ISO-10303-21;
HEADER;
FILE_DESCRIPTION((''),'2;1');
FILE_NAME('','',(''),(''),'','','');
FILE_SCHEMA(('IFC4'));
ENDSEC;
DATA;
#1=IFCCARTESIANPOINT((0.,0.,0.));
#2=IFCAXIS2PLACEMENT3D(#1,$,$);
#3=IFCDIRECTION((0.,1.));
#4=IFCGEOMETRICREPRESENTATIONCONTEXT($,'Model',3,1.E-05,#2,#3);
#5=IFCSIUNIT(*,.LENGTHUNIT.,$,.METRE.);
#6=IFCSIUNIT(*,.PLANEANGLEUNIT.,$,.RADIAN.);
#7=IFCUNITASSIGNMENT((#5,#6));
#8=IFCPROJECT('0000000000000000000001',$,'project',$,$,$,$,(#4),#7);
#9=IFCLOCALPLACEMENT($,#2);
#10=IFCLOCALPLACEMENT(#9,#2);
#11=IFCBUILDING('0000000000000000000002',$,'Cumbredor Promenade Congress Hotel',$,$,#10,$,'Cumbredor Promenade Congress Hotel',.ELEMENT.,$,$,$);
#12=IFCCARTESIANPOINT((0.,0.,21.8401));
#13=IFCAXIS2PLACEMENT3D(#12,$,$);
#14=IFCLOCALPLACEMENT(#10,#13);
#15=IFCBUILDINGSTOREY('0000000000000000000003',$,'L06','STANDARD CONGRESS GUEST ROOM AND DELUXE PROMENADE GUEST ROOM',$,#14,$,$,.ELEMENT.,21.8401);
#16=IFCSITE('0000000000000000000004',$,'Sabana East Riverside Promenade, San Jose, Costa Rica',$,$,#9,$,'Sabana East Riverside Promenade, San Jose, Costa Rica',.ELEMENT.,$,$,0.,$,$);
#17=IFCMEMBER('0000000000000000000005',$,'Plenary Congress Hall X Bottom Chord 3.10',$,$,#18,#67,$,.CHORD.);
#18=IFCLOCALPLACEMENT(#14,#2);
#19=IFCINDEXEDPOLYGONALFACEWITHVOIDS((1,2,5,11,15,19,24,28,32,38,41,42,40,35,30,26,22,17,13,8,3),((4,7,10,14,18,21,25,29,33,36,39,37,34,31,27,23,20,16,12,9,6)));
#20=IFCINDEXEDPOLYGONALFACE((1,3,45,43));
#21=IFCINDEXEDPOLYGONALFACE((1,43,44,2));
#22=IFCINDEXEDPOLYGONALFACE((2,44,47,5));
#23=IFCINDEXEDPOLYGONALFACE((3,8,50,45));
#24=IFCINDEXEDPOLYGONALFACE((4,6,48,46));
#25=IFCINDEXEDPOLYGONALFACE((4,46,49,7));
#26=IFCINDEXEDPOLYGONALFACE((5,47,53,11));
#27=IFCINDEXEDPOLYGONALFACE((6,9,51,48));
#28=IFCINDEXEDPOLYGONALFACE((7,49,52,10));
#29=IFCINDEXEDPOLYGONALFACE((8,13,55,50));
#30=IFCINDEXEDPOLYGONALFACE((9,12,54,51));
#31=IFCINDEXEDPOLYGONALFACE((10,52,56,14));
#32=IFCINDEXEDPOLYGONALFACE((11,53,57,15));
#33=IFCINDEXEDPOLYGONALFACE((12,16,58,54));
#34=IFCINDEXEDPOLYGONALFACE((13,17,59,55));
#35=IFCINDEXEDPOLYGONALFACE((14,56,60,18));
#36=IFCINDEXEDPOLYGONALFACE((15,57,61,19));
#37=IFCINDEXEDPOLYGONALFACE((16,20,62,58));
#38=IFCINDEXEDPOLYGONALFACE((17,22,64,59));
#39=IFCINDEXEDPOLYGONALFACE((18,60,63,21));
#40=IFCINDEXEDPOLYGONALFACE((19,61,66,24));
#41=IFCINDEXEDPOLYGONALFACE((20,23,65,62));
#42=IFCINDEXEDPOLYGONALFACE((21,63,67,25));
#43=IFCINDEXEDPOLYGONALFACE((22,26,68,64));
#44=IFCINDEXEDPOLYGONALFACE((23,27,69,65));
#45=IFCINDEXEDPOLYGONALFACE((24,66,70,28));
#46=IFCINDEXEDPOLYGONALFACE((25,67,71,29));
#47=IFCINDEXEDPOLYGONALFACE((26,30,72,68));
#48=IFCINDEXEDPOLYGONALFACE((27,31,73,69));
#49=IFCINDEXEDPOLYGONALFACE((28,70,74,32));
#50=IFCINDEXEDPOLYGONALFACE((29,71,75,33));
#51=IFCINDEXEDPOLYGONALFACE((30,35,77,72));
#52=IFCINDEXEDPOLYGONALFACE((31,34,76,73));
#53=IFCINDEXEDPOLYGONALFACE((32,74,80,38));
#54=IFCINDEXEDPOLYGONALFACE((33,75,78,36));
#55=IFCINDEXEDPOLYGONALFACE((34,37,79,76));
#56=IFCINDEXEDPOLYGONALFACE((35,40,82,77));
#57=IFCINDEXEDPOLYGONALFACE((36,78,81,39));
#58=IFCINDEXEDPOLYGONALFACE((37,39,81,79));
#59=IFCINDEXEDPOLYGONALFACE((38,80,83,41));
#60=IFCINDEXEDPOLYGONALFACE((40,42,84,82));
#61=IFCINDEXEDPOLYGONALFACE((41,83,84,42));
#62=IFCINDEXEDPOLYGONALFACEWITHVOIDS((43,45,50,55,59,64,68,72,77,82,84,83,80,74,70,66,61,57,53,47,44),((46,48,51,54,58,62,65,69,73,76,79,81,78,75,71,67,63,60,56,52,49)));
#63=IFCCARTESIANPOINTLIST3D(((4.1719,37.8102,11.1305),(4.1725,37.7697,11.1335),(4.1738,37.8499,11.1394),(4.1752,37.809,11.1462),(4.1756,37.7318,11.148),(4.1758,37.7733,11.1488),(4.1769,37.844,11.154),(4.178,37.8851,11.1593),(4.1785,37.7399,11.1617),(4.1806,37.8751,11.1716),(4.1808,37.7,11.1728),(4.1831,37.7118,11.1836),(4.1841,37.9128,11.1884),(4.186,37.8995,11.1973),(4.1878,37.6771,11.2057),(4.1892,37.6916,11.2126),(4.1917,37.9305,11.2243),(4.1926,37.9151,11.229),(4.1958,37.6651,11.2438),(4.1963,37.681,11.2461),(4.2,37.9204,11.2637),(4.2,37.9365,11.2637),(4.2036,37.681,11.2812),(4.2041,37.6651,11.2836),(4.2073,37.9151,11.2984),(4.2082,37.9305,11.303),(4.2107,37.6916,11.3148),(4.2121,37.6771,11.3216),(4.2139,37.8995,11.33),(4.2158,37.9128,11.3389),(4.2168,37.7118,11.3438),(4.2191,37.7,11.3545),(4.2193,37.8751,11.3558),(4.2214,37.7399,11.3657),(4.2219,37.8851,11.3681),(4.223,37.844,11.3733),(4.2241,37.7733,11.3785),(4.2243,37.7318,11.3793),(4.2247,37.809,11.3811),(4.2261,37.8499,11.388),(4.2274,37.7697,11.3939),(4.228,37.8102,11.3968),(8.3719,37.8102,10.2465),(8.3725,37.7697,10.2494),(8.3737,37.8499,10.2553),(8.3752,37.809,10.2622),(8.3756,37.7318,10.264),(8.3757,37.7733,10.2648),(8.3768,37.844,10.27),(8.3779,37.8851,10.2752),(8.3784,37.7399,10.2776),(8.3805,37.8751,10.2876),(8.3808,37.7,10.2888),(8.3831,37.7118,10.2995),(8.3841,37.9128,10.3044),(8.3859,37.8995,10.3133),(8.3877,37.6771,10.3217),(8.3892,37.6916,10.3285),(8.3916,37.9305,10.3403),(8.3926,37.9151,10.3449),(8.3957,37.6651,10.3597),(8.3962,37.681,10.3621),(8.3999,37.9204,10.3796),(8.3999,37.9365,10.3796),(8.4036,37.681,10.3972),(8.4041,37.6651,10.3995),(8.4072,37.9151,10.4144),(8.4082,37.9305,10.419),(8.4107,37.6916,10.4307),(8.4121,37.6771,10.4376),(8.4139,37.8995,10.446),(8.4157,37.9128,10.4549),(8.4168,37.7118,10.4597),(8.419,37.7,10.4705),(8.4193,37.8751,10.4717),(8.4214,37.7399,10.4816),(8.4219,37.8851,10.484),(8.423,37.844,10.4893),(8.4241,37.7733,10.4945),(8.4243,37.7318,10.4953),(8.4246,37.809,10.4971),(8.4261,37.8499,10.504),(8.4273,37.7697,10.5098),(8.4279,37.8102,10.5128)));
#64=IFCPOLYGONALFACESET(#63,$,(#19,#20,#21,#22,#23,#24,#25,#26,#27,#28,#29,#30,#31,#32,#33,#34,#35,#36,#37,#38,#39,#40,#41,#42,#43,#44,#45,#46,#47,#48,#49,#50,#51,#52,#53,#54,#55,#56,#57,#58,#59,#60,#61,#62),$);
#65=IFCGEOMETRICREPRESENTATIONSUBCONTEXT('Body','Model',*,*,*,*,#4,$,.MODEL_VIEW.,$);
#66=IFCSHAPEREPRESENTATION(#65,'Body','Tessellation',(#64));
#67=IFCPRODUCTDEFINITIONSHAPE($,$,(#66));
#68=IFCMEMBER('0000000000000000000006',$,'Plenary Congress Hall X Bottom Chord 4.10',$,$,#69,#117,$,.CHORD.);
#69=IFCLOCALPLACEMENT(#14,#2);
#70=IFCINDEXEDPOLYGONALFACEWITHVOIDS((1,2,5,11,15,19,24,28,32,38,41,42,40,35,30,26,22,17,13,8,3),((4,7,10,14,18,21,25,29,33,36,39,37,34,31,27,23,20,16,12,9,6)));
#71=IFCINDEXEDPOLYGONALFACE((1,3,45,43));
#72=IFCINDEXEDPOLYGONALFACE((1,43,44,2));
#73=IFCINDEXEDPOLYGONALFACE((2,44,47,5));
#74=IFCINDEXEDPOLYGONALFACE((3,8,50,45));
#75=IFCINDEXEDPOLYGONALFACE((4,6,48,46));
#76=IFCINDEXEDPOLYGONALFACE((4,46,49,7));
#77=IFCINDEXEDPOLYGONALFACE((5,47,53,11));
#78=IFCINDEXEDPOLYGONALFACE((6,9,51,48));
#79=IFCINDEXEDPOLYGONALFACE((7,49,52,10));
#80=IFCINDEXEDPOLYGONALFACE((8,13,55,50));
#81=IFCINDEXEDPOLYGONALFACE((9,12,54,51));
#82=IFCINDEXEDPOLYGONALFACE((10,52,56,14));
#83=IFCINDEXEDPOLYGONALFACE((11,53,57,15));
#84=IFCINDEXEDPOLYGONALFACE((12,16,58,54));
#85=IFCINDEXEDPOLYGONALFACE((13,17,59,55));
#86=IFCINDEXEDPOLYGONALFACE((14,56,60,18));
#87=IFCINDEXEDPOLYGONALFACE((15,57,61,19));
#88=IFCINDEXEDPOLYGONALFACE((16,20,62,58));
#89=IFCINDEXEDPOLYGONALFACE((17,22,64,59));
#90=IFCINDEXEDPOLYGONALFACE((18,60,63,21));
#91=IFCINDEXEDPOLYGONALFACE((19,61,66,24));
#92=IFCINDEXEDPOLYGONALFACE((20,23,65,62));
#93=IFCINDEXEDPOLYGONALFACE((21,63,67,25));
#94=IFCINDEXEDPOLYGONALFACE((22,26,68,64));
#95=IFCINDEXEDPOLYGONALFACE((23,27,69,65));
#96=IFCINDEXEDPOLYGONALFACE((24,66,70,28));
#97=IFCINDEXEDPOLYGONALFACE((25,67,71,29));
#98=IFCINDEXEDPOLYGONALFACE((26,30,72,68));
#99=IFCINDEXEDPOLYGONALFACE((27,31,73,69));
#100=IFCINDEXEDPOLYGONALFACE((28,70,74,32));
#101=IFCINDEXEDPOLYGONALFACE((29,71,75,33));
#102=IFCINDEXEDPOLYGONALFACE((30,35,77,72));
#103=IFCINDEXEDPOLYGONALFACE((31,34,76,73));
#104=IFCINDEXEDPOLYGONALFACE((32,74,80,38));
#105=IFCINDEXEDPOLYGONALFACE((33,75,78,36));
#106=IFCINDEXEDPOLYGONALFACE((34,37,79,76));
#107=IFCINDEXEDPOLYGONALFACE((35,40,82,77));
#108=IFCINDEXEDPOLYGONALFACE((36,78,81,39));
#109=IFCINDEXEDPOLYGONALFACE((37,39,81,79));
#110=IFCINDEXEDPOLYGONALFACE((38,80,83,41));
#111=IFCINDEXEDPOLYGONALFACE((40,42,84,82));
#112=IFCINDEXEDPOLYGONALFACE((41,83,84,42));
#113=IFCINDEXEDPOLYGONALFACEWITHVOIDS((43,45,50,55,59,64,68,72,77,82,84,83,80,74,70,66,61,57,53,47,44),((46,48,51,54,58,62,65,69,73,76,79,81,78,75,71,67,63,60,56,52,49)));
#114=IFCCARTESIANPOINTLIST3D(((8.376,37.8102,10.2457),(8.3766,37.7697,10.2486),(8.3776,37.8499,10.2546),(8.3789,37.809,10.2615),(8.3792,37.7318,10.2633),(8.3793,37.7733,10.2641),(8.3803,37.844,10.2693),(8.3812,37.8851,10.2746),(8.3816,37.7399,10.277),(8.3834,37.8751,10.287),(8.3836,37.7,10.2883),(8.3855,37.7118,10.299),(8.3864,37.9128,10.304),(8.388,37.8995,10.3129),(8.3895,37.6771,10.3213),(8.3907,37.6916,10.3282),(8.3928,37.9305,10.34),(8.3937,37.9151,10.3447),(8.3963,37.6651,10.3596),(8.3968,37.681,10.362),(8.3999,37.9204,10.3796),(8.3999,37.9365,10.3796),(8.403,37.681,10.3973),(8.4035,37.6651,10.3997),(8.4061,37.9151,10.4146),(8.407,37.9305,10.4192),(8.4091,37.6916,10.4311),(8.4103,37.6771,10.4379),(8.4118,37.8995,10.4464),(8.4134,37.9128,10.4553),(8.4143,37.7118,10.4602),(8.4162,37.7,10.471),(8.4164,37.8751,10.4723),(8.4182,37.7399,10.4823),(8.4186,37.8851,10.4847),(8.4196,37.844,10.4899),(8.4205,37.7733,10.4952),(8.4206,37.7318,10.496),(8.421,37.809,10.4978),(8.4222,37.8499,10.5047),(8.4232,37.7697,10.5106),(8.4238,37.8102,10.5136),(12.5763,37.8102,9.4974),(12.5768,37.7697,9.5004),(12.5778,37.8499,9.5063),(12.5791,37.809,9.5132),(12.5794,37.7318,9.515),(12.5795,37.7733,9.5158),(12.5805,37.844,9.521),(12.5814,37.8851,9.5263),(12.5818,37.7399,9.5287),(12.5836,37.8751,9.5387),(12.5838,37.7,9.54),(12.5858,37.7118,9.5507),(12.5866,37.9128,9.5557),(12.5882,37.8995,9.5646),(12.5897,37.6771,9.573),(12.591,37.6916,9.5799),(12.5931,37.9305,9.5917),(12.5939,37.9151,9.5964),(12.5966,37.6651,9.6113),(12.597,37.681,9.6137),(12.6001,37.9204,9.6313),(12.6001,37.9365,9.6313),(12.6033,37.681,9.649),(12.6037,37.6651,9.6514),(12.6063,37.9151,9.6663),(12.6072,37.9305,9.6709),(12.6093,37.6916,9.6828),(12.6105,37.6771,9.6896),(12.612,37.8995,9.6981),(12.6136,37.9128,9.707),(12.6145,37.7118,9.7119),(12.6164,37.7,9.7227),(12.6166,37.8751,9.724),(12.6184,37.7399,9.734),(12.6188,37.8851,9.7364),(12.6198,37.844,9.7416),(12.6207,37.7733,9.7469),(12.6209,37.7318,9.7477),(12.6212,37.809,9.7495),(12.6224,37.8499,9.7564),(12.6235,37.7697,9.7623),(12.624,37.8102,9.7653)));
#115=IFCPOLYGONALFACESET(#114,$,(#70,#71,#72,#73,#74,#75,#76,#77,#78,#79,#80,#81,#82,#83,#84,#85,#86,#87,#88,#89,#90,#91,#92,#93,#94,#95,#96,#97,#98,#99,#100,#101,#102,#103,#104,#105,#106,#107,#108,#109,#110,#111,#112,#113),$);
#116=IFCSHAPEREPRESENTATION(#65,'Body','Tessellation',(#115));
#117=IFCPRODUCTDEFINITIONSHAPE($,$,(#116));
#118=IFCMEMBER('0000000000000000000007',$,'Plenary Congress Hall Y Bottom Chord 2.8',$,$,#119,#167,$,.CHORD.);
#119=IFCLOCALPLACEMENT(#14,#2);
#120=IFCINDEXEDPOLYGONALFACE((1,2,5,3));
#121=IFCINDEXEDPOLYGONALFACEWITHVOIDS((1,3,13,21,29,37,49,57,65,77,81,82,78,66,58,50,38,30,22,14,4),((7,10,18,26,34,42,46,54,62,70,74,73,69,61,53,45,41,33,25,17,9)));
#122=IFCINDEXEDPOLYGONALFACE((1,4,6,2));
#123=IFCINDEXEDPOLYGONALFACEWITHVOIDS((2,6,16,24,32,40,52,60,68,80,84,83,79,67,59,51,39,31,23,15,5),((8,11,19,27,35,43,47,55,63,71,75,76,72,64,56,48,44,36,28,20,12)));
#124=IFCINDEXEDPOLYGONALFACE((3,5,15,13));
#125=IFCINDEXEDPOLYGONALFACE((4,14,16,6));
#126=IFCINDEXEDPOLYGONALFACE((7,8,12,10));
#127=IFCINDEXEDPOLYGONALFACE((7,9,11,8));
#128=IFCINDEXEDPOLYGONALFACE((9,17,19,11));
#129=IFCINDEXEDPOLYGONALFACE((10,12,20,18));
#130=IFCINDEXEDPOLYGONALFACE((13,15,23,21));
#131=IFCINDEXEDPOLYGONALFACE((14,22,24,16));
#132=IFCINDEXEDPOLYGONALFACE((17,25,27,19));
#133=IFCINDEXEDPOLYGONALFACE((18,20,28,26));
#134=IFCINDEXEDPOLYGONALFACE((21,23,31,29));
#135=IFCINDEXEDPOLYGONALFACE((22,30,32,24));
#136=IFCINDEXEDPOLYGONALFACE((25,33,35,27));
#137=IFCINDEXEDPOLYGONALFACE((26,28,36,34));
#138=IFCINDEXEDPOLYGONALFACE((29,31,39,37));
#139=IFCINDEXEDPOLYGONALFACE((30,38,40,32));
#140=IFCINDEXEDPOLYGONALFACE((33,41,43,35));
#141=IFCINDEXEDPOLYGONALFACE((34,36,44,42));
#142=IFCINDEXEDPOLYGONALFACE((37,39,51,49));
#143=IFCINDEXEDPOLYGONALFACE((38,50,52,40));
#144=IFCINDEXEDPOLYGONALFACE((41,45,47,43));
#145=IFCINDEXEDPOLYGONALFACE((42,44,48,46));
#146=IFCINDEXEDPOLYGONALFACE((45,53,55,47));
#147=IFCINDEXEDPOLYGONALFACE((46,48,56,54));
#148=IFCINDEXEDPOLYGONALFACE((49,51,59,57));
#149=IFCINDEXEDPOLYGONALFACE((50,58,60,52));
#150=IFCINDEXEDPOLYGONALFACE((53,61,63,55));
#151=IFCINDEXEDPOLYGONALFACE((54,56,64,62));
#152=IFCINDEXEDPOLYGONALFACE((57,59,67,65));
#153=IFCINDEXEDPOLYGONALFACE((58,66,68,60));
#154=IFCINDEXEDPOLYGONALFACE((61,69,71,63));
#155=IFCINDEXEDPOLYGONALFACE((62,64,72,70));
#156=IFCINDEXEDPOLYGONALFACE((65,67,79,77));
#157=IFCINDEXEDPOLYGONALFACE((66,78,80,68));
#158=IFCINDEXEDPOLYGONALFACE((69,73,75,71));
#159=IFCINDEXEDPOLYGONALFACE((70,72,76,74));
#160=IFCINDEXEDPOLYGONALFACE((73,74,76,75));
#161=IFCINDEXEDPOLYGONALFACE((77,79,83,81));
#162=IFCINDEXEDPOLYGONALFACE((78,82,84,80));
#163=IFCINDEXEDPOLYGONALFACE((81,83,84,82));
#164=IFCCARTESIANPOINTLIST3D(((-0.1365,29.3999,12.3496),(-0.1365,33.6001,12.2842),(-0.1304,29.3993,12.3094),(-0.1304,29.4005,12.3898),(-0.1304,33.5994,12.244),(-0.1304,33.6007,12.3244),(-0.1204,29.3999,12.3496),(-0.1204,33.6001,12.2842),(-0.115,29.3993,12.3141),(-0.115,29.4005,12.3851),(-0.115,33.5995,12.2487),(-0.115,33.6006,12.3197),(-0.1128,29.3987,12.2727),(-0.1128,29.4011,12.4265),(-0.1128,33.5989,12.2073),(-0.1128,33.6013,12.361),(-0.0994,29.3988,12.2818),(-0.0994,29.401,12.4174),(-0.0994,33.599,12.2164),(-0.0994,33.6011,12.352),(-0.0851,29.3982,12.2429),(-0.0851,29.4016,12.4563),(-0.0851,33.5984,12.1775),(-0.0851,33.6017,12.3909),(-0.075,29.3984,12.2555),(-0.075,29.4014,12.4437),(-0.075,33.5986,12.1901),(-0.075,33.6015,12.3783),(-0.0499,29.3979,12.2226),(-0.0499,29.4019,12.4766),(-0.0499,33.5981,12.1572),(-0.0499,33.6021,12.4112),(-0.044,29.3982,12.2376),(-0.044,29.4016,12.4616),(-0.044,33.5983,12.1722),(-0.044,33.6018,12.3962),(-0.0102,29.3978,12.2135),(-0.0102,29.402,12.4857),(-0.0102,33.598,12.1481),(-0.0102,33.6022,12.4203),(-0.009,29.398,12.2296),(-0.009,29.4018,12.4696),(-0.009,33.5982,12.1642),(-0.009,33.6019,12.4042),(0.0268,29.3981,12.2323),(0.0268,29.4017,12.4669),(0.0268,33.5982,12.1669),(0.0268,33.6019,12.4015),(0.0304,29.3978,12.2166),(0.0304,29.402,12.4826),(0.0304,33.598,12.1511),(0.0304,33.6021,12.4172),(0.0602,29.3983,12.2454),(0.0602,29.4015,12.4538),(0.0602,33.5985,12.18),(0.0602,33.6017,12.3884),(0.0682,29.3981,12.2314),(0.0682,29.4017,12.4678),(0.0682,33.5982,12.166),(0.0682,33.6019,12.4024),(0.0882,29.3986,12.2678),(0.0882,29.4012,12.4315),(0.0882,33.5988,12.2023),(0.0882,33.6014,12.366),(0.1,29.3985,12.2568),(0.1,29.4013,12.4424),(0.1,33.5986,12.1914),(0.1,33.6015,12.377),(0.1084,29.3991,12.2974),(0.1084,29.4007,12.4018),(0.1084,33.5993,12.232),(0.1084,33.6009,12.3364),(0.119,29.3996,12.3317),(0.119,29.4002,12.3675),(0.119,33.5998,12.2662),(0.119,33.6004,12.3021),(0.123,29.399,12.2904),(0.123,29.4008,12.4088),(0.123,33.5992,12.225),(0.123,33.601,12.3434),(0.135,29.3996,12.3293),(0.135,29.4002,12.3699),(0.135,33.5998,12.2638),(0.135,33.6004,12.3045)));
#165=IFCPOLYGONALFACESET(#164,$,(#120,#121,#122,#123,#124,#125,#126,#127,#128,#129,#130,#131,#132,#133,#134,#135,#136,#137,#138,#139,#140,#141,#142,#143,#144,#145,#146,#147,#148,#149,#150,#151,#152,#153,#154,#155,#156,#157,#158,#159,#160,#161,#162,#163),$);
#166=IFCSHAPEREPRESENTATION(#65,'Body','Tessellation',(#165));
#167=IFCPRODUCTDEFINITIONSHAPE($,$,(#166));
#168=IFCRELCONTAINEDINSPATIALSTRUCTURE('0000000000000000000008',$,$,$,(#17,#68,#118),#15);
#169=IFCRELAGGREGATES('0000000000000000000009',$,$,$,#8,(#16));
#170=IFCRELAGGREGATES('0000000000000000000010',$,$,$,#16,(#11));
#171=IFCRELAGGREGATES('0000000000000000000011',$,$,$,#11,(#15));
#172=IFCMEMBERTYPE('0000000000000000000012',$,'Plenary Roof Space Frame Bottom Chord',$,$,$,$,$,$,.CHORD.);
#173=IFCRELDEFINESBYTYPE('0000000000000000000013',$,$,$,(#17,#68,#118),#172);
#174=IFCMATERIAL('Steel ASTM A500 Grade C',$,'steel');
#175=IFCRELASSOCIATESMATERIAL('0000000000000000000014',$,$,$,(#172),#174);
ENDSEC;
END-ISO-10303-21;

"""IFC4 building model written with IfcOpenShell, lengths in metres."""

from ifc_helpers import new_model, si_unit, direction, frame, origin, origin_2d, place, context, subcontext, project, spatial, hollow_circle, extrude, material, material_profile, profile_set, type_object, element, save


model = new_model("IFC4")

# Units and contexts
model_context = context("Model", 3, precision=1e-05, world=origin(), true_north=direction((0.0, 1.0)))
body_context = subcontext(model_context, "Body", "Model", "MODEL_VIEW")
ifc_project = project(units=[si_unit("LENGTHUNIT", "METRE"), si_unit("PLANEANGLEUNIT", "RADIAN")], contexts=[model_context])

# Site, building, storey
site_placement = place(None, origin())
site = spatial("IfcSite", under=ifc_project, at=site_placement, Name="Sabana East Riverside Promenade, San Jose, Costa Rica", LongName="Sabana East Riverside Promenade, San Jose, Costa Rica", CompositionType="ELEMENT", RefElevation=0.0)
building_placement = place(site_placement, origin())
building = spatial("IfcBuilding", under=site, at=building_placement, Name="Cumbredor Promenade Congress Hotel", LongName="Cumbredor Promenade Congress Hotel", CompositionType="ELEMENT")
storey_placement = place(building_placement, frame((0.0, 0.0, 21.8401)))
storey = spatial("IfcBuildingStorey", under=building, at=storey_placement, Name="L06", Description="STANDARD CONGRESS GUEST ROOM AND DELUXE PROMENADE GUEST ROOM", CompositionType="ELEMENT", Elevation=21.8401)

# Members
ifc_material_1 = material(Name="Steel ASTM A500 Grade C", Category="steel")
ifc_material_profile_1 = material_profile(ifc_material_1, hollow_circle(Radius=0.1365, WallThickness=0.0161, at=origin_2d()), Name="CHS 273.0x16")
ifc_profile_set_1 = profile_set([ifc_material_profile_1], Name="Steel ASTM A500 Grade C")
member_type_1 = type_object("IfcMemberType", Name="Plenary Roof Space Frame Bottom Chord", PredefinedType="CHORD", material=ifc_profile_set_1)
member_1_placement = place(storey_placement, frame((4.2, 37.8, 11.2637), z_axis=(0.978558, 0.0, -0.205973), x_axis=(0.0, 1.0, 0.0)))
element("IfcMember", 1, at=member_1_placement, inside=storey, type_object=member_type_1, Name="Plenary Congress Hall X Bottom Chord 3.10", PredefinedType="CHORD", context=body_context, shape_type="SweptSolid", body=[
    extrude(hollow_circle(Radius=0.1365, WallThickness=0.0161, at=origin_2d()), origin(), (0.0, 0.0, 1.0), 4.292),
])
member_2_placement = place(storey_placement, frame((8.3999, 37.8, 10.3796), z_axis=(0.984498, 0.0, -0.175395), x_axis=(0.0, 1.0, 0.0)))
element("IfcMember", 2, at=member_2_placement, inside=storey, type_object=member_type_1, Name="Plenary Congress Hall X Bottom Chord 4.10", PredefinedType="CHORD", context=body_context, shape_type="SweptSolid", body=[
    extrude(hollow_circle(Radius=0.1365, WallThickness=0.0161, at=origin_2d()), origin(), (0.0, 0.0, 1.0), 4.2664),
])
member_3_placement = place(storey_placement, frame((0.0, 29.3999, 12.3496), z_axis=(0.0, 0.999879, -0.015576), x_axis=(-1.0, 0.0, 0.0)))
element("IfcMember", 3, at=member_3_placement, inside=storey, type_object=member_type_1, Name="Plenary Congress Hall Y Bottom Chord 2.8", PredefinedType="CHORD", context=body_context, shape_type="SweptSolid", body=[
    extrude(hollow_circle(Radius=0.1365, WallThickness=0.0161, at=origin_2d()), origin(), (0.0, 0.0, 1.0), 4.2007),
])

save(model, "model.ifc")
